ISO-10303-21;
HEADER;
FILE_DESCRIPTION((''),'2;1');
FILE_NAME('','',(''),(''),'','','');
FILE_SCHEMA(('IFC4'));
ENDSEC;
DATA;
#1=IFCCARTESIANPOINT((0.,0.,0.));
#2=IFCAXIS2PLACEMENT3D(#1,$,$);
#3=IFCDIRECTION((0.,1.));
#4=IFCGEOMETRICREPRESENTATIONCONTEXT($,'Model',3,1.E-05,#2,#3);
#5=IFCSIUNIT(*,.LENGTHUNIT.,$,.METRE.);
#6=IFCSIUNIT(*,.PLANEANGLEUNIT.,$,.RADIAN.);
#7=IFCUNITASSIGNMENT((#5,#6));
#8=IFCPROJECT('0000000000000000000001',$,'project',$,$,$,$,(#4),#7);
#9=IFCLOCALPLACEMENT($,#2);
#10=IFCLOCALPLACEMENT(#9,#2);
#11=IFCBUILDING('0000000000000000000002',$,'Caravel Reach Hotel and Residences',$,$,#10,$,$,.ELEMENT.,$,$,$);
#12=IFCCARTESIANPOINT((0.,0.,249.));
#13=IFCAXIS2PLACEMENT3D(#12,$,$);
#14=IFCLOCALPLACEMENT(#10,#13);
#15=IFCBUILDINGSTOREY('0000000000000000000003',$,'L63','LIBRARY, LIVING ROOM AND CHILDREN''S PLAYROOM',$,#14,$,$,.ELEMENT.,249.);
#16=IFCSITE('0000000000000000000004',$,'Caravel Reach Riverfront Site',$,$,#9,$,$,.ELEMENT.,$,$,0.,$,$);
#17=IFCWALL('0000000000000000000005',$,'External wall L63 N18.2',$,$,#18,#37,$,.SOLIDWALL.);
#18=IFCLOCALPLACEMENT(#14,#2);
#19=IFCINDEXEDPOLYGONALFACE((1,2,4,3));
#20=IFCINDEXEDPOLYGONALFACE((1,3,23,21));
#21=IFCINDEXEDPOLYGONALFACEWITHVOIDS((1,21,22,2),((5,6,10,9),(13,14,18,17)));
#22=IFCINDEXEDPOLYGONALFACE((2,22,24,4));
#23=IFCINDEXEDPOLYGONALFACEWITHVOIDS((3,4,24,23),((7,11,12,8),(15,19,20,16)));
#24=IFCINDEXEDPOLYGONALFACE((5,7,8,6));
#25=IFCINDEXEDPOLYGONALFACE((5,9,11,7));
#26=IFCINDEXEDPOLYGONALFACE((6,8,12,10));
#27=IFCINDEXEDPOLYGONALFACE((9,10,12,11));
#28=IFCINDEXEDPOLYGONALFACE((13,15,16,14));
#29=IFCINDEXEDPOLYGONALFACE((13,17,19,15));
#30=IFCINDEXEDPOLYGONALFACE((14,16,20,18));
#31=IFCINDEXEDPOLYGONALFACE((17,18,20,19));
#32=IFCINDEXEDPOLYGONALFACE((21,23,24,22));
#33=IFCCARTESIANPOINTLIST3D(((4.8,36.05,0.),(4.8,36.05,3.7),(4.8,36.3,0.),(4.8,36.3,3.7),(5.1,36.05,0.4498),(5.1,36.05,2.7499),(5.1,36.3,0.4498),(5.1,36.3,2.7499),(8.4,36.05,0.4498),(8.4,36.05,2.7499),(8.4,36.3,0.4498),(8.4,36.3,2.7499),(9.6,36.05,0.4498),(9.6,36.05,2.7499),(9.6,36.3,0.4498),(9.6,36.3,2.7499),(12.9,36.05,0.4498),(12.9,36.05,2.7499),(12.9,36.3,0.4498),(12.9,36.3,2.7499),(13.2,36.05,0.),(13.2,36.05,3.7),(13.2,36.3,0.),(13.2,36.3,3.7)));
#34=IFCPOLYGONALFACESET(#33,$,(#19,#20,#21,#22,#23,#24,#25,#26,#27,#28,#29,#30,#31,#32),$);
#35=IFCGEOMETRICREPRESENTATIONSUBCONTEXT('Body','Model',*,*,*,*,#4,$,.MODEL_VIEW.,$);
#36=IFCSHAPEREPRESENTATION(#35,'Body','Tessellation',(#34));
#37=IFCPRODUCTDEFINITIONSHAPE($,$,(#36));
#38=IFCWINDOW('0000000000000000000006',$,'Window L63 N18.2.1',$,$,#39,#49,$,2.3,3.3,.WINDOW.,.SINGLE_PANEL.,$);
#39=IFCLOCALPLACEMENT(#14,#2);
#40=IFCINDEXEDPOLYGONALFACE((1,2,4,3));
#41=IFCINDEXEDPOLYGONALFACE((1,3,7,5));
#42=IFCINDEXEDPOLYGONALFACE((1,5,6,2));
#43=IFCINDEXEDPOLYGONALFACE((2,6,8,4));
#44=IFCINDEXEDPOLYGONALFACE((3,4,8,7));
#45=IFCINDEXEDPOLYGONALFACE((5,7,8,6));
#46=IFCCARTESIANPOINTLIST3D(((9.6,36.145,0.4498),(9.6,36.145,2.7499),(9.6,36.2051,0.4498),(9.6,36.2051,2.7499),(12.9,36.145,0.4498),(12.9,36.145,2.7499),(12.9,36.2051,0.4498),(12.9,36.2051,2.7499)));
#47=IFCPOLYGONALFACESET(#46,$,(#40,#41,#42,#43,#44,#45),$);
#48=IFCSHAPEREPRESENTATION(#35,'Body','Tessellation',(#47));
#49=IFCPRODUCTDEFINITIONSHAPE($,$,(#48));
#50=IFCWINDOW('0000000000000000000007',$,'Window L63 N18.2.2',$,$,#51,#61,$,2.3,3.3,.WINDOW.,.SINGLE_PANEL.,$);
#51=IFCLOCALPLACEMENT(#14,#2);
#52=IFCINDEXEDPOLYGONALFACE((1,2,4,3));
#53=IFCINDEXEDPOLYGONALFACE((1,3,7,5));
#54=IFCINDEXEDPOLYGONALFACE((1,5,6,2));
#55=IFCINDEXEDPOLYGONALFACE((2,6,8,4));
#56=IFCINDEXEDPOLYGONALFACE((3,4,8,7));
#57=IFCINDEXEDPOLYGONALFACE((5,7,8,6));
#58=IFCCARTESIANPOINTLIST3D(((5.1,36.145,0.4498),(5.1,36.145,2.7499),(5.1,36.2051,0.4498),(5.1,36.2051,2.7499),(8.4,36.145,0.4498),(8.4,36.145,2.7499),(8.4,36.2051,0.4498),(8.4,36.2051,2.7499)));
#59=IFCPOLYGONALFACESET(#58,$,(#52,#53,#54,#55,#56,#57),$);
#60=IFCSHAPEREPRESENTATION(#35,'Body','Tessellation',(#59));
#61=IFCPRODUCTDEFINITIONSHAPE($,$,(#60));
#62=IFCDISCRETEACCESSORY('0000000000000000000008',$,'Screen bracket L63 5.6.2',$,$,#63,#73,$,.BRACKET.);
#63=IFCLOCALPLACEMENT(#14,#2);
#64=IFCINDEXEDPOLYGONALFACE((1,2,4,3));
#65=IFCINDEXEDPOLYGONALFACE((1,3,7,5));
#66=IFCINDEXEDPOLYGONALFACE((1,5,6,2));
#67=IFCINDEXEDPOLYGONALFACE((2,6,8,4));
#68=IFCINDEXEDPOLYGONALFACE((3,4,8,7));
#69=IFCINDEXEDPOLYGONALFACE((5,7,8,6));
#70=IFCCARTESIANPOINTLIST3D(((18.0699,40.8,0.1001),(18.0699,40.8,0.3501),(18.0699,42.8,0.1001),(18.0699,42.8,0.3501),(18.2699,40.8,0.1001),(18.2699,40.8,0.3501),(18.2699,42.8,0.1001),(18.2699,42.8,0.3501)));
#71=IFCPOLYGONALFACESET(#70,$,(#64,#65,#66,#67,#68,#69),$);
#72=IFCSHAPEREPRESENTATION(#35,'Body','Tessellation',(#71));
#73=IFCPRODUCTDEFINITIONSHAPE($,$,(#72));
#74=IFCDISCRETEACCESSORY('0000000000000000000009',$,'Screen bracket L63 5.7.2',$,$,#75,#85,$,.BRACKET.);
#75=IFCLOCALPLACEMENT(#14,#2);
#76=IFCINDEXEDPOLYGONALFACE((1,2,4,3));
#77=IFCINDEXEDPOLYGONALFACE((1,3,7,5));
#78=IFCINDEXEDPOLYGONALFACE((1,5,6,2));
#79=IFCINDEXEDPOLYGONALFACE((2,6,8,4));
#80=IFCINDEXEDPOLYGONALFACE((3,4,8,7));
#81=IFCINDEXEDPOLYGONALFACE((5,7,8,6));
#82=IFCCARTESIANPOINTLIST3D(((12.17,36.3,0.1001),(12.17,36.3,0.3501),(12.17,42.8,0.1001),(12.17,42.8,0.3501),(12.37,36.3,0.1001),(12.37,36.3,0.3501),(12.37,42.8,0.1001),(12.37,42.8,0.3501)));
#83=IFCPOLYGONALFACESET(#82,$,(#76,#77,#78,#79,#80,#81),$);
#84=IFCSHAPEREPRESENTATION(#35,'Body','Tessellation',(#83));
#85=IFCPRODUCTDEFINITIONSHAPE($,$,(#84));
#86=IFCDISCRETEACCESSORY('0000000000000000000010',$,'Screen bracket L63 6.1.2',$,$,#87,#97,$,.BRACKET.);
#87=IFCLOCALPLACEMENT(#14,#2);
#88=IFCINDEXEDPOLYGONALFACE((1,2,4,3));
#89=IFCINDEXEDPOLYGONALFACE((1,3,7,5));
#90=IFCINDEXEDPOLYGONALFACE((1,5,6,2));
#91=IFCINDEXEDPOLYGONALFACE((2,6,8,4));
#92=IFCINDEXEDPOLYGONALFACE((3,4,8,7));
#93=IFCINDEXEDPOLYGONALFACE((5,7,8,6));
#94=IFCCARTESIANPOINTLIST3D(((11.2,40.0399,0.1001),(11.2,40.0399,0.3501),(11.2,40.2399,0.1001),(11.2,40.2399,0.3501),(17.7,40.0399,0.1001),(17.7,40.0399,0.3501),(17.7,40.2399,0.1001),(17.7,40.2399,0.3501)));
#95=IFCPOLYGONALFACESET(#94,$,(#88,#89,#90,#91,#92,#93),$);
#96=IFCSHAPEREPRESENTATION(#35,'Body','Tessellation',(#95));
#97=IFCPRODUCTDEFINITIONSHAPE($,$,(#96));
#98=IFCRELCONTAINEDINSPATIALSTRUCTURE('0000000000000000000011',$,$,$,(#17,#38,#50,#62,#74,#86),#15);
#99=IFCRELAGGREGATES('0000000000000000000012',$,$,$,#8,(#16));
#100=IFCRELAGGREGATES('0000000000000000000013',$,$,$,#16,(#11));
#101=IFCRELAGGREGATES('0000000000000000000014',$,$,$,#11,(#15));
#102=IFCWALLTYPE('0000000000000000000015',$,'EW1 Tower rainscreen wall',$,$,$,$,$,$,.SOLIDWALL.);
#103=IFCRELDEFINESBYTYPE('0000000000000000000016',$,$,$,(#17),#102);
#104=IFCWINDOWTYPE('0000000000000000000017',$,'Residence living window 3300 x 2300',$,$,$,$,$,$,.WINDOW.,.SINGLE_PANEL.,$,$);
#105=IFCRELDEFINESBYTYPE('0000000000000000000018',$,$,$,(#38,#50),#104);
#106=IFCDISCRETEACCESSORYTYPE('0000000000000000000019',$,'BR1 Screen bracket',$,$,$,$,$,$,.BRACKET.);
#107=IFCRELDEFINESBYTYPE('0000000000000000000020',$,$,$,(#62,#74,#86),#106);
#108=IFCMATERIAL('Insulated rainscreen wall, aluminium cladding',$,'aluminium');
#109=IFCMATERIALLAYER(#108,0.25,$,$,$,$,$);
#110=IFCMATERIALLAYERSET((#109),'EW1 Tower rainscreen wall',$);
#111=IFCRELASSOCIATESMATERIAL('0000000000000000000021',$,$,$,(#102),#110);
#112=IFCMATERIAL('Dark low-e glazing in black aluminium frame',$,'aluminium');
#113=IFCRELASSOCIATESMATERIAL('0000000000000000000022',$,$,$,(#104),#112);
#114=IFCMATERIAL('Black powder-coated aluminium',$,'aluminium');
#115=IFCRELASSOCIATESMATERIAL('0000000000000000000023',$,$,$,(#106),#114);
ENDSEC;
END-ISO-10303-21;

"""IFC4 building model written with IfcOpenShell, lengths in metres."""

from ifc_helpers import new_model, si_unit, direction, frame, frame_2d, origin, origin_2d, place, context, subcontext, project, spatial, rectangle, extrude, material, layer, layer_set, type_object, element, fill, save


model = new_model("IFC4")

# Units and contexts
model_context = context("Model", 3, precision=1e-05, world=origin(), true_north=direction((0.0, 1.0)))
body_context = subcontext(model_context, "Body", "Model", "MODEL_VIEW")
ifc_project = project(units=[si_unit("LENGTHUNIT", "METRE"), si_unit("PLANEANGLEUNIT", "RADIAN")], contexts=[model_context])

# Site, building, storey
site_placement = place(None, origin())
site = spatial("IfcSite", under=ifc_project, at=site_placement, Name="Caravel Reach Riverfront Site", CompositionType="ELEMENT", RefElevation=0.0)
building_placement = place(site_placement, origin())
building = spatial("IfcBuilding", under=site, at=building_placement, Name="Caravel Reach Hotel and Residences", CompositionType="ELEMENT")
storey_placement = place(building_placement, frame((0.0, 0.0, 249.0)))
storey = spatial("IfcBuildingStorey", under=building, at=storey_placement, Name="L63", Description="LIBRARY, LIVING ROOM AND CHILDREN'S PLAYROOM", CompositionType="ELEMENT", Elevation=249.0)

# Shared definitions
ifc_material_1 = material(Name="Insulated rainscreen wall, aluminium cladding", Category="aluminium")
ifc_layer_1 = layer(ifc_material_1, 0.25)
ifc_layer_set_1 = layer_set([ifc_layer_1], Name="EW1 Tower rainscreen wall")
wall_type_1 = type_object("IfcWallType", Name="EW1 Tower rainscreen wall", PredefinedType="SOLIDWALL", material=ifc_layer_set_1)

# Wall, openings, windows
wall_1_placement = place(storey_placement, frame((13.2, 36.175, 0.0), z_axis=(0.0, 0.0, 1.0), x_axis=(-1.0, 0.0, 0.0)))
wall_1 = element("IfcWall", 1, at=wall_1_placement, inside=storey, type_object=wall_type_1, Name="External wall L63 N18.2", PredefinedType="SOLIDWALL", context=body_context, shape_type="SweptSolid", body=[
    extrude(rectangle(XDim=8.3999, YDim=0.25, at=frame_2d((4.2, 0.0))), origin(), (0.0, 0.0, 1.0), 3.7),
])
opening_1_placement = place(wall_1_placement, frame((0.3, 0.0, 0.45)))
opening_1 = element("IfcOpeningElement", 2, at=opening_1_placement, cuts=wall_1, PredefinedType="OPENING", context=body_context, shape_type="SweptSolid", body=[
    extrude(rectangle(XDim=3.3, YDim=2.3, at=frame_2d((1.6499, 1.1499))), frame((0.0, 0.135, 0.0), z_axis=(0.0, -1.0, 0.0), x_axis=(1.0, 0.0, 0.0)), (0.0, 0.0, 1.0), 0.27),
])
opening_2_placement = place(wall_1_placement, frame((4.8, 0.0, 0.45)))
opening_2 = element("IfcOpeningElement", 3, at=opening_2_placement, cuts=wall_1, PredefinedType="OPENING", context=body_context, shape_type="SweptSolid", body=[
    extrude(rectangle(XDim=3.3, YDim=2.3, at=frame_2d((1.6499, 1.1499))), frame((0.0, 0.135, 0.0), z_axis=(0.0, -1.0, 0.0), x_axis=(1.0, 0.0, 0.0)), (0.0, 0.0, 1.0), 0.27),
])
ifc_material_2 = material(Name="Dark low-e glazing in black aluminium frame", Category="aluminium")
window_type_1 = type_object("IfcWindowType", Name="Residence living window 3300 x 2300", PartitioningType="SINGLE_PANEL", PredefinedType="WINDOW", material=ifc_material_2)
window_1_placement = place(opening_1_placement, origin())
window_1 = element("IfcWindow", 4, at=window_1_placement, inside=storey, type_object=window_type_1, Name="Window L63 N18.2.1", OverallHeight=2.3, OverallWidth=3.3, PartitioningType="SINGLE_PANEL", PredefinedType="WINDOW", context=body_context, shape_type="SweptSolid", body=[
    extrude(rectangle(XDim=3.3, YDim=2.3, at=frame_2d((1.6499, 1.1499))), frame((0.0, 0.03, 0.0), z_axis=(0.0, -1.0, 0.0), x_axis=(1.0, 0.0, 0.0)), (0.0, 0.0, 1.0), 0.0601),
])
fill(opening_1, window_1)
window_2_placement = place(opening_2_placement, origin())
window_2 = element("IfcWindow", 5, at=window_2_placement, inside=storey, type_object=window_type_1, Name="Window L63 N18.2.2", OverallHeight=2.3, OverallWidth=3.3, PartitioningType="SINGLE_PANEL", PredefinedType="WINDOW", context=body_context, shape_type="SweptSolid", body=[
    extrude(rectangle(XDim=3.3, YDim=2.3, at=frame_2d((1.6499, 1.1499))), frame((0.0, 0.03, 0.0), z_axis=(0.0, -1.0, 0.0), x_axis=(1.0, 0.0, 0.0)), (0.0, 0.0, 1.0), 0.0601),
])
fill(opening_2, window_2)

# Discrete accessories
ifc_material_3 = material(Name="Black powder-coated aluminium", Category="aluminium")
discrete_accessory_type = type_object("IfcDiscreteAccessoryType", Name="BR1 Screen bracket", PredefinedType="BRACKET", material=ifc_material_3)
discrete_accessory_placement = place(storey_placement, frame((18.1699, 41.8, 0.1001), z_axis=(0.0, 0.0, 1.0), x_axis=(0.0, 1.0, 0.0)))
element("IfcDiscreteAccessory", 6, at=discrete_accessory_placement, inside=storey, type_object=discrete_accessory_type, Name="Screen bracket L63 5.6.2", PredefinedType="BRACKET", context=body_context, shape_type="SweptSolid", body=[
    extrude(rectangle(XDim=2.0, YDim=0.2, at=origin_2d()), origin(), (0.0, 0.0, 1.0), 0.25),
])
for number, where, z_axis, x_axis, name in (
    (7, (12.27, 39.55, 0.1001), (0.0, 0.0, 1.0), (0.0, 1.0, 0.0), "Screen bracket L63 5.7.2"),
    (8, (14.45, 40.1399, 0.1001), (0.0, 0.0, 1.0), (-1.0, 0.0, 0.0), "Screen bracket L63 6.1.2"),
):
    element("IfcDiscreteAccessory", number, at=place(storey_placement, frame(where, z_axis=z_axis, x_axis=x_axis)), inside=storey, type_object=discrete_accessory_type, Name=name, PredefinedType="BRACKET", context=body_context, shape_type="SweptSolid", body=[
        extrude(rectangle(XDim=6.5, YDim=0.2, at=origin_2d()), origin(), (0.0, 0.0, 1.0), 0.25),
    ])

save(model, "model.ifc")
